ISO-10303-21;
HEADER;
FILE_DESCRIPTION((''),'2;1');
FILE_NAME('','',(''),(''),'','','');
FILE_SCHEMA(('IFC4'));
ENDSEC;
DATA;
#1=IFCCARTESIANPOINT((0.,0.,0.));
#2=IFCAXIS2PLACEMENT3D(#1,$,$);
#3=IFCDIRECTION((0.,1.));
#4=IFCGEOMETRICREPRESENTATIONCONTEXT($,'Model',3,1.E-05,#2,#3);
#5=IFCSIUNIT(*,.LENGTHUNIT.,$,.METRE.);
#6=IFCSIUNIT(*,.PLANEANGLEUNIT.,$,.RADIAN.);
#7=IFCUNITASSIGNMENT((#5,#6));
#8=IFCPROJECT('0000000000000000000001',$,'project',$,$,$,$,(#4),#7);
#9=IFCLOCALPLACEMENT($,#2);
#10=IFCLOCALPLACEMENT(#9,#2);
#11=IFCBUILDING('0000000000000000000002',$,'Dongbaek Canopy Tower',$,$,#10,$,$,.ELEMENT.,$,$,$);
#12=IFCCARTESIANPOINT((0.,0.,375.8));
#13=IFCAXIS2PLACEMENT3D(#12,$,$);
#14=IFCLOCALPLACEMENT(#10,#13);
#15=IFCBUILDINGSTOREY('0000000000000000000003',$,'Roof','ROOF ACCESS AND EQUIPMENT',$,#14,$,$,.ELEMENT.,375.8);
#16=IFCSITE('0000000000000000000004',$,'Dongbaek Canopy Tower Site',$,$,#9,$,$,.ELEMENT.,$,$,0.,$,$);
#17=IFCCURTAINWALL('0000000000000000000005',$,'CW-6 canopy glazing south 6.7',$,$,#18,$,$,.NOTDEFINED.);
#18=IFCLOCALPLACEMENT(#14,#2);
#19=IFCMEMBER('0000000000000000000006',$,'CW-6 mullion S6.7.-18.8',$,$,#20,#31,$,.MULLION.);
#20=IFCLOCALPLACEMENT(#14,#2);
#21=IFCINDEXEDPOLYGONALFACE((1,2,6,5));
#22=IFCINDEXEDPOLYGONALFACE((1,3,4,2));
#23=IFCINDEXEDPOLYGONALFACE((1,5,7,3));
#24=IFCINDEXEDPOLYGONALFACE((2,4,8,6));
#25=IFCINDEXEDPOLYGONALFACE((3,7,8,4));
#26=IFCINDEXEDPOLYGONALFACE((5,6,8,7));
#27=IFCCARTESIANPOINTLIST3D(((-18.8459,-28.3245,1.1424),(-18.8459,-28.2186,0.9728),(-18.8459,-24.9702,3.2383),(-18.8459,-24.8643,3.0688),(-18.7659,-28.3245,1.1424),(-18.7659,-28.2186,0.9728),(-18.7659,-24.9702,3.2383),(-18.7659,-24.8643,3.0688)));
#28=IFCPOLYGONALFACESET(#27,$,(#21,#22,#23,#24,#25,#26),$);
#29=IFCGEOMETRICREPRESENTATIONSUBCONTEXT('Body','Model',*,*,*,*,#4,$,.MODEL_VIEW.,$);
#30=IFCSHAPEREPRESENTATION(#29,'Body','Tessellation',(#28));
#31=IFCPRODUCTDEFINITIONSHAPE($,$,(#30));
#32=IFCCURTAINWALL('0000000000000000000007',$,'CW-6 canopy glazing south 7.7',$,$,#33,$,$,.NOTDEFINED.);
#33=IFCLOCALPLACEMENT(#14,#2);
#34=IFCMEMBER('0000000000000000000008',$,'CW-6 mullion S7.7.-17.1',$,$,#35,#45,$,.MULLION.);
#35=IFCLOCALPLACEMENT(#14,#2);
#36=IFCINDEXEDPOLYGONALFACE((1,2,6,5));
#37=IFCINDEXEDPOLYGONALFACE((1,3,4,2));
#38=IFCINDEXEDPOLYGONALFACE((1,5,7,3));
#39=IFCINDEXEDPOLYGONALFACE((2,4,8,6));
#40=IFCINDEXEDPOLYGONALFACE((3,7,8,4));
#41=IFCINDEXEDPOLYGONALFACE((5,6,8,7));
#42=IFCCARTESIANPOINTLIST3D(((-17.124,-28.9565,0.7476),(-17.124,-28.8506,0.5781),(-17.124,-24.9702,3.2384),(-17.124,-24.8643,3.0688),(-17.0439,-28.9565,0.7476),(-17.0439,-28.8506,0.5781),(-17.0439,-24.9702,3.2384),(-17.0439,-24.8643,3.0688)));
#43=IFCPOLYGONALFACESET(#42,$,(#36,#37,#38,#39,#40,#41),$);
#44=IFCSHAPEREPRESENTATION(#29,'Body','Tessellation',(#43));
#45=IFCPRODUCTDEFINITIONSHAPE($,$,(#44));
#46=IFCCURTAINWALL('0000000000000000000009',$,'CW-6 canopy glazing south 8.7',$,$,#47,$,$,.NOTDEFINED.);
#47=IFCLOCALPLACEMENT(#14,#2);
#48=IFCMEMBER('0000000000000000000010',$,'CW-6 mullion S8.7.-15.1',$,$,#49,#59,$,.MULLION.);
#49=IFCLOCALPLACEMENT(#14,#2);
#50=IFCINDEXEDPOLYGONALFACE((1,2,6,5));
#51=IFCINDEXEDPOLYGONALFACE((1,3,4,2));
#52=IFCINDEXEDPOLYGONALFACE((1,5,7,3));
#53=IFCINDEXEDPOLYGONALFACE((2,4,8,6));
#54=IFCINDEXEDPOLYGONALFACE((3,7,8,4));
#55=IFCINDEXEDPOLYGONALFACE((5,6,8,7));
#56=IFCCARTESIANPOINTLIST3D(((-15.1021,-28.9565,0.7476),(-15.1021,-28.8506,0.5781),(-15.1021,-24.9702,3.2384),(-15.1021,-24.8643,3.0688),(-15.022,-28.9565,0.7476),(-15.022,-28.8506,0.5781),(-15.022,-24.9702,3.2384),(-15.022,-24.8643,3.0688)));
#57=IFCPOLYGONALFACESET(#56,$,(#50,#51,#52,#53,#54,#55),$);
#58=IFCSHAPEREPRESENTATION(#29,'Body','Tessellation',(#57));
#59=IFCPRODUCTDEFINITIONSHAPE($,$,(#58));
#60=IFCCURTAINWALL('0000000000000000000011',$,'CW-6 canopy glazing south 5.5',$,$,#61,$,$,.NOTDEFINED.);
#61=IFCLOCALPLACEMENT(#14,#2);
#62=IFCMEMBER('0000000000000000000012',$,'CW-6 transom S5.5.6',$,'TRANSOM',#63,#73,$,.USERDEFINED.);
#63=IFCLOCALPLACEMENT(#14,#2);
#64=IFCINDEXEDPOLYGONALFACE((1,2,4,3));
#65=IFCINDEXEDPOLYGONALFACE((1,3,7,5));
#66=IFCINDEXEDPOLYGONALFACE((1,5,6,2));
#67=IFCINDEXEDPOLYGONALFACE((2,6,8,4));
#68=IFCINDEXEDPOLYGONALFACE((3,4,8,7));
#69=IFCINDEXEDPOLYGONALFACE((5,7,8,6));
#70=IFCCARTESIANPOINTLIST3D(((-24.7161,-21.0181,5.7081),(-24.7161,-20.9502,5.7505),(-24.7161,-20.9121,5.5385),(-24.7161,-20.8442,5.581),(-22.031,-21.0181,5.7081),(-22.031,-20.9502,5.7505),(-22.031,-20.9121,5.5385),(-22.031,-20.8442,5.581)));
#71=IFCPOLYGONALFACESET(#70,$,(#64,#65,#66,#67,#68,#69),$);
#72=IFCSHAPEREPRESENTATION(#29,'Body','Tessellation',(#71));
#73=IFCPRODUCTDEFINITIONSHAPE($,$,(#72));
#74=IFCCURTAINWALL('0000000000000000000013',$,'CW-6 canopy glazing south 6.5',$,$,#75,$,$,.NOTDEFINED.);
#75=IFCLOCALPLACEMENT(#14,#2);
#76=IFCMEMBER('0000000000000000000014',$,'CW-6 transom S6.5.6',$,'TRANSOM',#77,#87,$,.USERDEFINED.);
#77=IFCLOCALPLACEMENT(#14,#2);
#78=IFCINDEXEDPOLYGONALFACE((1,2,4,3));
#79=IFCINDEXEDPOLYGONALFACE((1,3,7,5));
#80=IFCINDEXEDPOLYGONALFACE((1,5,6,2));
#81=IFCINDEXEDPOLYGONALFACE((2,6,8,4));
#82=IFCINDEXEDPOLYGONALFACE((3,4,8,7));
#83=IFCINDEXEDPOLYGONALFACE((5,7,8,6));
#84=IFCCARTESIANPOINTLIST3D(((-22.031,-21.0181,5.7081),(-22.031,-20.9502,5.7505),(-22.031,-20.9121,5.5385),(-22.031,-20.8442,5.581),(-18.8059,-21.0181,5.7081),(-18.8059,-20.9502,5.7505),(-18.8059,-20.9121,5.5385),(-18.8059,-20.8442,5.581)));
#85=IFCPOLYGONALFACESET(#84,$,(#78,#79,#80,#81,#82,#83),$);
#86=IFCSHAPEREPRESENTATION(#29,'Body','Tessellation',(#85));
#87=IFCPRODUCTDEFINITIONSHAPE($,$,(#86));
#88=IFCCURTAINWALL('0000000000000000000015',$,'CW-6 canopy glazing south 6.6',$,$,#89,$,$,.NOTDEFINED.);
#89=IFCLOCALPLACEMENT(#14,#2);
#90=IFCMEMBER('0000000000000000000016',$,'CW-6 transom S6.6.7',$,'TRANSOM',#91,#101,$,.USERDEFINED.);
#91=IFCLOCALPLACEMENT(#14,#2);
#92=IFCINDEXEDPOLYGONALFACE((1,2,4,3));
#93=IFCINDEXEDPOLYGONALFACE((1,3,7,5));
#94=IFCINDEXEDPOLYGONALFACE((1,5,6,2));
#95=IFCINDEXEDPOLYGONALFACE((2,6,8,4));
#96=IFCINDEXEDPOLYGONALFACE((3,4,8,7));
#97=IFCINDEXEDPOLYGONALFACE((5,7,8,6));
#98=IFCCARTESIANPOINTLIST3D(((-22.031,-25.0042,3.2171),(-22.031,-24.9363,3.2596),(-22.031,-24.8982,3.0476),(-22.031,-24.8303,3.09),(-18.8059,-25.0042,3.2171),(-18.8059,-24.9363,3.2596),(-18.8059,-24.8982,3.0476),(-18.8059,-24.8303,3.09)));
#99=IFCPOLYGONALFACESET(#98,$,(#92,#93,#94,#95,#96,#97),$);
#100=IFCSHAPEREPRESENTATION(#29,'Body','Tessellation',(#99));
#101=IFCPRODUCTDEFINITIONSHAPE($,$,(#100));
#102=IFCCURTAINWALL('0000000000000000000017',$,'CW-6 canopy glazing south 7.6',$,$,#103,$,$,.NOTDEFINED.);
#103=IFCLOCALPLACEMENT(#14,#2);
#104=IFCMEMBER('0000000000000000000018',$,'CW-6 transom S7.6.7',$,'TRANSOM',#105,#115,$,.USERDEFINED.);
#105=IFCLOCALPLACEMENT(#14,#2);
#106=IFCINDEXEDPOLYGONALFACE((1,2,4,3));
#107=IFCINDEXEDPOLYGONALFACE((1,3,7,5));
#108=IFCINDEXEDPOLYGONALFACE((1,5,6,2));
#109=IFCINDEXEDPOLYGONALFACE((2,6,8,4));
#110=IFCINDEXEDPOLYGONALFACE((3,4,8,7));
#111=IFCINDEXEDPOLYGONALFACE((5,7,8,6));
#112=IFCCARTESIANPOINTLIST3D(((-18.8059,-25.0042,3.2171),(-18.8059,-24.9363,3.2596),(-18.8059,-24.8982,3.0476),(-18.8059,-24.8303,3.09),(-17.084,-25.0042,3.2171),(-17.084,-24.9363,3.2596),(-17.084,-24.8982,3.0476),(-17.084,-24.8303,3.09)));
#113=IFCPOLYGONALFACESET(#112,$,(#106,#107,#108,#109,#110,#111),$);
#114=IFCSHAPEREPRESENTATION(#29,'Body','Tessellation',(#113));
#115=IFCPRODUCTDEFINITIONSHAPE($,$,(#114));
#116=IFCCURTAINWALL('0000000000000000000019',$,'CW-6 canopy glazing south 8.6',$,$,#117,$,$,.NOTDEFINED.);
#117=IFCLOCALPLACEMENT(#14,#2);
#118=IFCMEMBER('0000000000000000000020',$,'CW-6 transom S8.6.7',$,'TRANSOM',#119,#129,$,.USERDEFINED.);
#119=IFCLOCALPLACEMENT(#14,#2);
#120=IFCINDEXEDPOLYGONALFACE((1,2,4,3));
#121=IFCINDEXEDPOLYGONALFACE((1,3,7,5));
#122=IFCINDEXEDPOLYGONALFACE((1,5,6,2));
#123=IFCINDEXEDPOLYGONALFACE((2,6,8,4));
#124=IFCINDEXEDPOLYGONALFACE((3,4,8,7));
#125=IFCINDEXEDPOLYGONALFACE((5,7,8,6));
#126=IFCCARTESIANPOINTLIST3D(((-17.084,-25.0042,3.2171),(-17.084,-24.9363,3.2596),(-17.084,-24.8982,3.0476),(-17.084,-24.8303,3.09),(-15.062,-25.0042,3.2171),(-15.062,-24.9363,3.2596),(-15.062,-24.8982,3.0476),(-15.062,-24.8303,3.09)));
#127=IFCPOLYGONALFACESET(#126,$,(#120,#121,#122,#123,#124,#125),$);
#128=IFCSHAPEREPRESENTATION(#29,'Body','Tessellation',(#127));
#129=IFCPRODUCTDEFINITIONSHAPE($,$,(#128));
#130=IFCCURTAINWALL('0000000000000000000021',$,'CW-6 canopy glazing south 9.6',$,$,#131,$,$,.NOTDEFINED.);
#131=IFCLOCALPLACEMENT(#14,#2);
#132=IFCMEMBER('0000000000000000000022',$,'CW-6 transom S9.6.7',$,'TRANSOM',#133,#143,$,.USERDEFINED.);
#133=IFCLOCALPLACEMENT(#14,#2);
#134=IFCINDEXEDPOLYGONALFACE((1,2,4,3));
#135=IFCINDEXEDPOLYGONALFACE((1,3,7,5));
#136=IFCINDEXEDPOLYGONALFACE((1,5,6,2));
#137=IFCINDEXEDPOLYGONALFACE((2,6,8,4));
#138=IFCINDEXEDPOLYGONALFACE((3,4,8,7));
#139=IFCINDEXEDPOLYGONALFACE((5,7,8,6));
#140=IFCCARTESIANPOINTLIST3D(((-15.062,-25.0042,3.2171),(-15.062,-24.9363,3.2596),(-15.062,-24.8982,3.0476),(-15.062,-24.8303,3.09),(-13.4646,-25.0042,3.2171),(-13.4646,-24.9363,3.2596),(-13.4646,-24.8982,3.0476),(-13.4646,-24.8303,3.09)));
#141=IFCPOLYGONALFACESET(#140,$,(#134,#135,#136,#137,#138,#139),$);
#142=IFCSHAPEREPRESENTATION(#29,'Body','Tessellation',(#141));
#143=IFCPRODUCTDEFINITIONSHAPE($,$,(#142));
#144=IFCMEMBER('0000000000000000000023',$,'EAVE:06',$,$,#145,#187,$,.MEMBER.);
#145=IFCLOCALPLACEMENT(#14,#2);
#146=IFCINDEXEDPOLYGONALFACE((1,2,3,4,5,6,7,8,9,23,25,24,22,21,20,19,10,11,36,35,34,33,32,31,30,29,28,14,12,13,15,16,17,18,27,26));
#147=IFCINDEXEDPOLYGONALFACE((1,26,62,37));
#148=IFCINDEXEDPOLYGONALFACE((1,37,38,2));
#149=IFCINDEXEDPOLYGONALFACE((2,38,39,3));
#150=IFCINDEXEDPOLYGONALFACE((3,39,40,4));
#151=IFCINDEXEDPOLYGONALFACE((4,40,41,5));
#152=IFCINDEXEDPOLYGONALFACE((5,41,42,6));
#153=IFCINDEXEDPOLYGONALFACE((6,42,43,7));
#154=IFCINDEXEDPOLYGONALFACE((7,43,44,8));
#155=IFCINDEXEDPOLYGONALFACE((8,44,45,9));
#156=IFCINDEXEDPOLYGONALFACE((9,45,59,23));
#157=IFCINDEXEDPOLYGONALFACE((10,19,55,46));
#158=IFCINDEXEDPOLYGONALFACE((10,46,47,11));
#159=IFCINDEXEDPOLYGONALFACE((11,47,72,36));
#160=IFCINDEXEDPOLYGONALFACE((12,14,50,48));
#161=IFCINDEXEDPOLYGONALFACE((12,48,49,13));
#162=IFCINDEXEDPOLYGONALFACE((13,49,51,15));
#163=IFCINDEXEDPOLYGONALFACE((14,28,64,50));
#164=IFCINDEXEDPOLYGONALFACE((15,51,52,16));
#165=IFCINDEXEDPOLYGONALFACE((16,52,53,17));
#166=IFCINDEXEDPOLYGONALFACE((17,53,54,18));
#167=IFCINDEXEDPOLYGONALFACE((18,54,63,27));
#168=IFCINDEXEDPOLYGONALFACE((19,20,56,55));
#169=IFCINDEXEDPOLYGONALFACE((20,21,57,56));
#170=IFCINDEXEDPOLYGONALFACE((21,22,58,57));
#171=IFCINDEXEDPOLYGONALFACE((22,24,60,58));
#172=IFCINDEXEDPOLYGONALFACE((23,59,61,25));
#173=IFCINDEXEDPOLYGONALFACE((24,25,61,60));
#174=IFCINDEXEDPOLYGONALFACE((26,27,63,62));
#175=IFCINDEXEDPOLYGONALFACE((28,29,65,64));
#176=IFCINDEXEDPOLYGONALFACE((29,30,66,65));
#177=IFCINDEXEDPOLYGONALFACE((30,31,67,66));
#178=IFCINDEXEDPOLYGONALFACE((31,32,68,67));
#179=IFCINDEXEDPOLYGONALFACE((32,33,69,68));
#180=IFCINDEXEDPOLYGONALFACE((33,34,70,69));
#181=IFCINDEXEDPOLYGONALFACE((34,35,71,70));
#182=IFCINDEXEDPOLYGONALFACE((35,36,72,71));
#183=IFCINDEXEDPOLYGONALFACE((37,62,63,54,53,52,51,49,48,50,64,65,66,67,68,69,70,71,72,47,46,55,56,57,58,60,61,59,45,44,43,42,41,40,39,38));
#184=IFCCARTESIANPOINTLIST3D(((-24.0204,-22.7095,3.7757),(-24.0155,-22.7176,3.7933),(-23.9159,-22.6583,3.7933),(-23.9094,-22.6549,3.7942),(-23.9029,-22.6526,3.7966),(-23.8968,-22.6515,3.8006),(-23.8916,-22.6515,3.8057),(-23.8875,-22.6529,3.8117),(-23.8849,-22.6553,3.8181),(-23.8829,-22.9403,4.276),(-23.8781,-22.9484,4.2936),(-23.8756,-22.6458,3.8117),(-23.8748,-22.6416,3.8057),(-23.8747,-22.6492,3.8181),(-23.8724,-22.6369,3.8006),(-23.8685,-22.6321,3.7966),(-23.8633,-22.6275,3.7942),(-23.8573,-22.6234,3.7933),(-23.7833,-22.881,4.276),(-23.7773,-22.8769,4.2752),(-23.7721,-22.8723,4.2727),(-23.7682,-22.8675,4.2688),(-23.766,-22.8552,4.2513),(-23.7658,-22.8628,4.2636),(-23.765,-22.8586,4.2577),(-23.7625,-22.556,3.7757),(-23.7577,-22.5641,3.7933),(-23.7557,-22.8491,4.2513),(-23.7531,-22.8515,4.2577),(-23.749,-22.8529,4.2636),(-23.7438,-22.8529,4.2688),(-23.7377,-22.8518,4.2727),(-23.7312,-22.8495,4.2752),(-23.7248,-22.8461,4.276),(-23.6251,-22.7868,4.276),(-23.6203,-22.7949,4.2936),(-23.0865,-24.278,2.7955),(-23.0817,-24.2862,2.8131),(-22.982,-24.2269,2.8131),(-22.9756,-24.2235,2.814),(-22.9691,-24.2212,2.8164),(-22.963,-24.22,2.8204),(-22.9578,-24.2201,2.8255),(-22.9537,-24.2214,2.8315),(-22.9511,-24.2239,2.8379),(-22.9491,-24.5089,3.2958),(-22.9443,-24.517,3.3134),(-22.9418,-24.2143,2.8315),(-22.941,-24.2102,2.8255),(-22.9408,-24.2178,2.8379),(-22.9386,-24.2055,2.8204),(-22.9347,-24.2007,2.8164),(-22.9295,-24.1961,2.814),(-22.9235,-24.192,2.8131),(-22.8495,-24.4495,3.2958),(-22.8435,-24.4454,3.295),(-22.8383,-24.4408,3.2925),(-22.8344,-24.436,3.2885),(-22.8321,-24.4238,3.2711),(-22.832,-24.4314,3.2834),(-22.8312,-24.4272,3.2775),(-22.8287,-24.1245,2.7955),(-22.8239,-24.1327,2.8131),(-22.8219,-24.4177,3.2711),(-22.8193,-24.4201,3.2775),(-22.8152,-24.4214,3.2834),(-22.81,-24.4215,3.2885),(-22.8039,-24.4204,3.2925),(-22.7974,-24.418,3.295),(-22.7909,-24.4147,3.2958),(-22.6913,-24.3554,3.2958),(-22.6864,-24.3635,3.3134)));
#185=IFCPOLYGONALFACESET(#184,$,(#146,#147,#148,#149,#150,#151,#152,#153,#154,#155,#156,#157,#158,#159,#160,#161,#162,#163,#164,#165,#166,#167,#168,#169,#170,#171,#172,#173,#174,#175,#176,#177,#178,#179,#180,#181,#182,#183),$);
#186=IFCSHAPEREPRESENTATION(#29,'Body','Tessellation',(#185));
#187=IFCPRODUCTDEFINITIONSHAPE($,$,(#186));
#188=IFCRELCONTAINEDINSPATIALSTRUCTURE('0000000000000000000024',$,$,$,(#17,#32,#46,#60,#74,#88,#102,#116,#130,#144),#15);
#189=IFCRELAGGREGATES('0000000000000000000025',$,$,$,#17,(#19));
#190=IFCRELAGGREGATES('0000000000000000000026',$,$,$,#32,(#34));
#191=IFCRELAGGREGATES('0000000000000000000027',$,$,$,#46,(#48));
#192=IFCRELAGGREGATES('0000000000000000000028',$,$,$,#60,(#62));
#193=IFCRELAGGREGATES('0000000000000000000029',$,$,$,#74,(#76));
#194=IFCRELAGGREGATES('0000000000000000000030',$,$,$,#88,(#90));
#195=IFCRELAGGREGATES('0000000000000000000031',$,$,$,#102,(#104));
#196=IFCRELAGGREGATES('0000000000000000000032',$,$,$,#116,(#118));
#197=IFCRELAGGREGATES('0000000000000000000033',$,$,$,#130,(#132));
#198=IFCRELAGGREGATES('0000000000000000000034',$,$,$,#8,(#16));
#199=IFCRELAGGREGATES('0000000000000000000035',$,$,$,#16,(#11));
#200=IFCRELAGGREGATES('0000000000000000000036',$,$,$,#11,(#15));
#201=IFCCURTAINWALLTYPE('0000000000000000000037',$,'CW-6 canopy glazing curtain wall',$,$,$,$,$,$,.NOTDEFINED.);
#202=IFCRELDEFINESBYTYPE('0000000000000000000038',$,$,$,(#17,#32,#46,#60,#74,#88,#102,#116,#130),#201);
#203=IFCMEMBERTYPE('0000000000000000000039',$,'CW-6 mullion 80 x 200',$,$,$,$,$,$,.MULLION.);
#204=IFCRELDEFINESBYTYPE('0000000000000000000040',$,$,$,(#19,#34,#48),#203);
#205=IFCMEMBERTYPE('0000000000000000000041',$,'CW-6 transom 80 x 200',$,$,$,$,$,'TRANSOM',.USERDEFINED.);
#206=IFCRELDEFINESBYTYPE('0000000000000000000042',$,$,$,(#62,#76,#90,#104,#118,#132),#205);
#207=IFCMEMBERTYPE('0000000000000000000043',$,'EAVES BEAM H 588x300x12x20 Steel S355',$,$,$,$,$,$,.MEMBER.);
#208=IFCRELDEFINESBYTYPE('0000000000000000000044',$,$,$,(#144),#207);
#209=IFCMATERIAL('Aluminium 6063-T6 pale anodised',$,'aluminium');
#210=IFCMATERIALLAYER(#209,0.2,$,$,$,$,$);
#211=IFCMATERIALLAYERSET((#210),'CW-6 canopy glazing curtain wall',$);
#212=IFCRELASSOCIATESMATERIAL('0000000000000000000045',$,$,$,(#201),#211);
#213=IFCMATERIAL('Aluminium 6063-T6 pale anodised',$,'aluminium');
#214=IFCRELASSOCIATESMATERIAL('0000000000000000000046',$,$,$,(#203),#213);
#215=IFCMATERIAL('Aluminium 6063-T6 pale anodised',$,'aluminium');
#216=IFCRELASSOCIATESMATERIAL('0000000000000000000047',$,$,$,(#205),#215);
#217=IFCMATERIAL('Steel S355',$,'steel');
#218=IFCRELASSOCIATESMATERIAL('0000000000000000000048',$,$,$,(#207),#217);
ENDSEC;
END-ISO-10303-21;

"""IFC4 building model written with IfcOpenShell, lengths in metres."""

from ifc_helpers import new_model, si_unit, direction, frame, origin, origin_2d, place, context, subcontext, project, spatial, rectangle, i_section, extrude, material, layer, layer_set, material_profile, profile_set, type_object, element, aggregate, save


model = new_model("IFC4")

# Units and contexts
model_context = context("Model", 3, precision=1e-05, world=origin(), true_north=direction((0.0, 1.0)))
body_context = subcontext(model_context, "Body", "Model", "MODEL_VIEW")
ifc_project = project(units=[si_unit("LENGTHUNIT", "METRE"), si_unit("PLANEANGLEUNIT", "RADIAN")], contexts=[model_context])

# Site, building, storey
site_placement = place(None, origin())
site = spatial("IfcSite", under=ifc_project, at=site_placement, Name="Dongbaek Canopy Tower Site", CompositionType="ELEMENT", RefElevation=0.0)
building_placement = place(site_placement, origin())
building = spatial("IfcBuilding", under=site, at=building_placement, Name="Dongbaek Canopy Tower", CompositionType="ELEMENT")
storey_placement = place(building_placement, frame((0.0, 0.0, 375.8)))
storey = spatial("IfcBuildingStorey", under=building, at=storey_placement, Name="Roof", Description="ROOF ACCESS AND EQUIPMENT", CompositionType="ELEMENT", Elevation=375.8)

# Curtain walls, members
ifc_material_1 = material(Name="Aluminium 6063-T6 pale anodised", Category="aluminium")
ifc_layer_1 = layer(ifc_material_1, 0.2)
ifc_layer_set_1 = layer_set([ifc_layer_1], Name="CW-6 canopy glazing curtain wall")
curtain_wall_type = type_object("IfcCurtainWallType", Name="CW-6 canopy glazing curtain wall", PredefinedType="NOTDEFINED", material=ifc_layer_set_1)
ifc_material_2 = material(Name="Aluminium 6063-T6 pale anodised", Category="aluminium")
ifc_material_profile_1 = material_profile(ifc_material_2, rectangle(XDim=0.0801, YDim=0.2, at=origin_2d()), Name="CW-6 mullion 80 x 200")
ifc_profile_set_1 = profile_set([ifc_material_profile_1], Name="Aluminium 6063-T6 pale anodised")
member_type_1 = type_object("IfcMemberType", Name="CW-6 mullion 80 x 200", PredefinedType="MULLION", material=ifc_profile_set_1)
curtain_wall_1_placement = place(storey_placement, origin())
curtain_wall_1 = element("IfcCurtainWall", 1, at=curtain_wall_1_placement, inside=storey, type_object=curtain_wall_type, Name="CW-6 canopy glazing south 6.7", PredefinedType="NOTDEFINED")
member_1_placement = place(storey_placement, frame((-18.8059, -24.9172, 3.1536), z_axis=(0.0, -0.84805, -0.529916), x_axis=(1.0, 0.0, 0.0)))
member_1 = element("IfcMember", 2, at=member_1_placement, type_object=member_type_1, Name="CW-6 mullion S6.7.-18.8", PredefinedType="MULLION", context=body_context, shape_type="SweptSolid", body=[
    extrude(rectangle(XDim=0.0801, YDim=0.2, at=origin_2d()), origin(), (0.0, 0.0, 1.0), 3.9553),
])
aggregate(curtain_wall_1, [member_1])
curtain_wall_2_placement = place(storey_placement, origin())
curtain_wall_2 = element("IfcCurtainWall", 3, at=curtain_wall_2_placement, inside=storey, type_object=curtain_wall_type, Name="CW-6 canopy glazing south 7.7", PredefinedType="NOTDEFINED")
member_2_placement = place(storey_placement, frame((-17.084, -24.9172, 3.1536), z_axis=(0.0, -0.848068, -0.529887), x_axis=(1.0, 0.0, 0.0)))
member_2 = element("IfcMember", 4, at=member_2_placement, type_object=member_type_1, Name="CW-6 mullion S7.7.-17.1", PredefinedType="MULLION", context=body_context, shape_type="SweptSolid", body=[
    extrude(rectangle(XDim=0.0801, YDim=0.2, at=origin_2d()), origin(), (0.0, 0.0, 1.0), 4.7004),
])
aggregate(curtain_wall_2, [member_2])
curtain_wall_3_placement = place(storey_placement, origin())
curtain_wall_3 = element("IfcCurtainWall", 5, at=curtain_wall_3_placement, inside=storey, type_object=curtain_wall_type, Name="CW-6 canopy glazing south 8.7", PredefinedType="NOTDEFINED")
member_3_placement = place(storey_placement, frame((-15.062, -24.9172, 3.1536), z_axis=(0.0, -0.848068, -0.529887), x_axis=(1.0, 0.0, 0.0)))
member_3 = element("IfcMember", 6, at=member_3_placement, type_object=member_type_1, Name="CW-6 mullion S8.7.-15.1", PredefinedType="MULLION", context=body_context, shape_type="SweptSolid", body=[
    extrude(rectangle(XDim=0.0801, YDim=0.2, at=origin_2d()), origin(), (0.0, 0.0, 1.0), 4.7004),
])
aggregate(curtain_wall_3, [member_3])
curtain_wall_4_placement = place(storey_placement, origin())
curtain_wall_4 = element("IfcCurtainWall", 7, at=curtain_wall_4_placement, inside=storey, type_object=curtain_wall_type, Name="CW-6 canopy glazing south 5.5", PredefinedType="NOTDEFINED")
ifc_material_3 = material(Name="Aluminium 6063-T6 pale anodised", Category="aluminium")
ifc_material_profile_2 = material_profile(ifc_material_3, rectangle(XDim=0.0801, YDim=0.2, at=origin_2d()), Name="CW-6 transom 80 x 200")
ifc_profile_set_2 = profile_set([ifc_material_profile_2], Name="Aluminium 6063-T6 pale anodised")
member_type_2 = type_object("IfcMemberType", Name="CW-6 transom 80 x 200", ElementType="TRANSOM", PredefinedType="USERDEFINED", material=ifc_profile_set_2)
member_4_placement = place(storey_placement, frame((-24.7161, -20.9312, 5.6445), z_axis=(1.0, 0.0, 0.0), x_axis=(0.0, 0.848048, 0.529919)))
member_4 = element("IfcMember", 8, at=member_4_placement, type_object=member_type_2, Name="CW-6 transom S5.5.6", ObjectType="TRANSOM", PredefinedType="USERDEFINED", context=body_context, shape_type="SweptSolid", body=[
    extrude(rectangle(XDim=0.0801, YDim=0.2, at=origin_2d()), origin(), (0.0, 0.0, 1.0), 2.6851),
])
aggregate(curtain_wall_4, [member_4])
curtain_wall_5_placement = place(storey_placement, origin())
curtain_wall_5 = element("IfcCurtainWall", 9, at=curtain_wall_5_placement, inside=storey, type_object=curtain_wall_type, Name="CW-6 canopy glazing south 6.5", PredefinedType="NOTDEFINED")
member_5_placement = place(storey_placement, frame((-22.031, -20.9312, 5.6445), z_axis=(1.0, 0.0, 0.0), x_axis=(0.0, 0.848048, 0.529919)))
member_5 = element("IfcMember", 10, at=member_5_placement, type_object=member_type_2, Name="CW-6 transom S6.5.6", ObjectType="TRANSOM", PredefinedType="USERDEFINED", context=body_context, shape_type="SweptSolid", body=[
    extrude(rectangle(XDim=0.0801, YDim=0.2, at=origin_2d()), origin(), (0.0, 0.0, 1.0), 3.2251),
])
aggregate(curtain_wall_5, [member_5])
curtain_wall_6_placement = place(storey_placement, origin())
curtain_wall_6 = element("IfcCurtainWall", 11, at=curtain_wall_6_placement, inside=storey, type_object=curtain_wall_type, Name="CW-6 canopy glazing south 6.6", PredefinedType="NOTDEFINED")
member_6_placement = place(storey_placement, frame((-22.031, -24.9172, 3.1536), z_axis=(1.0, 0.0, 0.0), x_axis=(0.0, 0.848048, 0.529919)))
member_6 = element("IfcMember", 12, at=member_6_placement, type_object=member_type_2, Name="CW-6 transom S6.6.7", ObjectType="TRANSOM", PredefinedType="USERDEFINED", context=body_context, shape_type="SweptSolid", body=[
    extrude(rectangle(XDim=0.0801, YDim=0.2, at=origin_2d()), origin(), (0.0, 0.0, 1.0), 3.2251),
])
curtain_wall_7_placement = place(storey_placement, origin())
curtain_wall_7 = element("IfcCurtainWall", 13, at=curtain_wall_7_placement, inside=storey, type_object=curtain_wall_type, Name="CW-6 canopy glazing south 7.6", PredefinedType="NOTDEFINED")
member_7_placement = place(storey_placement, frame((-18.8059, -24.9172, 3.1536), z_axis=(1.0, 0.0, 0.0), x_axis=(0.0, 0.848048, 0.529919)))
member_7 = element("IfcMember", 14, at=member_7_placement, type_object=member_type_2, Name="CW-6 transom S7.6.7", ObjectType="TRANSOM", PredefinedType="USERDEFINED", context=body_context, shape_type="SweptSolid", body=[
    extrude(rectangle(XDim=0.0801, YDim=0.2, at=origin_2d()), origin(), (0.0, 0.0, 1.0), 1.7219),
])
curtain_wall_8_placement = place(storey_placement, origin())
curtain_wall_8 = element("IfcCurtainWall", 15, at=curtain_wall_8_placement, inside=storey, type_object=curtain_wall_type, Name="CW-6 canopy glazing south 8.6", PredefinedType="NOTDEFINED")
member_8_placement = place(storey_placement, frame((-17.084, -24.9172, 3.1536), z_axis=(1.0, 0.0, 0.0), x_axis=(0.0, 0.848048, 0.529919)))
member_8 = element("IfcMember", 16, at=member_8_placement, type_object=member_type_2, Name="CW-6 transom S8.6.7", ObjectType="TRANSOM", PredefinedType="USERDEFINED", context=body_context, shape_type="SweptSolid", body=[
    extrude(rectangle(XDim=0.0801, YDim=0.2, at=origin_2d()), origin(), (0.0, 0.0, 1.0), 2.022),
])
curtain_wall_9_placement = place(storey_placement, origin())
curtain_wall_9 = element("IfcCurtainWall", 17, at=curtain_wall_9_placement, inside=storey, type_object=curtain_wall_type, Name="CW-6 canopy glazing south 9.6", PredefinedType="NOTDEFINED")
member_9_placement = place(storey_placement, frame((-15.062, -24.9172, 3.1536), z_axis=(1.0, 0.0, 0.0), x_axis=(0.0, 0.848048, 0.529919)))
member_9 = element("IfcMember", 18, at=member_9_placement, type_object=member_type_2, Name="CW-6 transom S9.6.7", ObjectType="TRANSOM", PredefinedType="USERDEFINED", context=body_context, shape_type="SweptSolid", body=[
    extrude(rectangle(XDim=0.0801, YDim=0.2, at=origin_2d()), origin(), (0.0, 0.0, 1.0), 1.5974),
])

# Member
ifc_material_4 = material(Name="Steel S355", Category="steel")
ifc_material_profile_3 = material_profile(ifc_material_4, i_section(OverallWidth=0.3, OverallDepth=0.5879, WebThickness=0.012, FlangeThickness=0.02, FilletRadius=0.0281, at=origin_2d()), Name="EAVES BEAM H 588x300x12x20 Steel S355")
ifc_profile_set_3 = profile_set([ifc_material_profile_3], Name="Steel S355")
member_type_3 = type_object("IfcMemberType", Name="EAVES BEAM H 588x300x12x20 Steel S355", PredefinedType="MEMBER", material=ifc_profile_set_3)
member_10_placement = place(storey_placement, frame((-23.8203, -22.7522, 4.0347), z_axis=(0.450682, -0.757028, -0.473069), x_axis=(0.859258, 0.511543, 0.0)))
element("IfcMember", 19, at=member_10_placement, inside=storey, type_object=member_type_3, Name="EAVE:06", PredefinedType="MEMBER", context=body_context, shape_type="SweptSolid", body=[
    extrude(i_section(OverallWidth=0.3, OverallDepth=0.5879, WebThickness=0.012, FlangeThickness=0.02, FilletRadius=0.0281, at=origin_2d()), origin(), (0.0, 0.0, 1.0), 2.072),
])

aggregate(curtain_wall_6, [member_6])
aggregate(curtain_wall_7, [member_7])
aggregate(curtain_wall_8, [member_8])
aggregate(curtain_wall_9, [member_9])

save(model, "model.ifc")
